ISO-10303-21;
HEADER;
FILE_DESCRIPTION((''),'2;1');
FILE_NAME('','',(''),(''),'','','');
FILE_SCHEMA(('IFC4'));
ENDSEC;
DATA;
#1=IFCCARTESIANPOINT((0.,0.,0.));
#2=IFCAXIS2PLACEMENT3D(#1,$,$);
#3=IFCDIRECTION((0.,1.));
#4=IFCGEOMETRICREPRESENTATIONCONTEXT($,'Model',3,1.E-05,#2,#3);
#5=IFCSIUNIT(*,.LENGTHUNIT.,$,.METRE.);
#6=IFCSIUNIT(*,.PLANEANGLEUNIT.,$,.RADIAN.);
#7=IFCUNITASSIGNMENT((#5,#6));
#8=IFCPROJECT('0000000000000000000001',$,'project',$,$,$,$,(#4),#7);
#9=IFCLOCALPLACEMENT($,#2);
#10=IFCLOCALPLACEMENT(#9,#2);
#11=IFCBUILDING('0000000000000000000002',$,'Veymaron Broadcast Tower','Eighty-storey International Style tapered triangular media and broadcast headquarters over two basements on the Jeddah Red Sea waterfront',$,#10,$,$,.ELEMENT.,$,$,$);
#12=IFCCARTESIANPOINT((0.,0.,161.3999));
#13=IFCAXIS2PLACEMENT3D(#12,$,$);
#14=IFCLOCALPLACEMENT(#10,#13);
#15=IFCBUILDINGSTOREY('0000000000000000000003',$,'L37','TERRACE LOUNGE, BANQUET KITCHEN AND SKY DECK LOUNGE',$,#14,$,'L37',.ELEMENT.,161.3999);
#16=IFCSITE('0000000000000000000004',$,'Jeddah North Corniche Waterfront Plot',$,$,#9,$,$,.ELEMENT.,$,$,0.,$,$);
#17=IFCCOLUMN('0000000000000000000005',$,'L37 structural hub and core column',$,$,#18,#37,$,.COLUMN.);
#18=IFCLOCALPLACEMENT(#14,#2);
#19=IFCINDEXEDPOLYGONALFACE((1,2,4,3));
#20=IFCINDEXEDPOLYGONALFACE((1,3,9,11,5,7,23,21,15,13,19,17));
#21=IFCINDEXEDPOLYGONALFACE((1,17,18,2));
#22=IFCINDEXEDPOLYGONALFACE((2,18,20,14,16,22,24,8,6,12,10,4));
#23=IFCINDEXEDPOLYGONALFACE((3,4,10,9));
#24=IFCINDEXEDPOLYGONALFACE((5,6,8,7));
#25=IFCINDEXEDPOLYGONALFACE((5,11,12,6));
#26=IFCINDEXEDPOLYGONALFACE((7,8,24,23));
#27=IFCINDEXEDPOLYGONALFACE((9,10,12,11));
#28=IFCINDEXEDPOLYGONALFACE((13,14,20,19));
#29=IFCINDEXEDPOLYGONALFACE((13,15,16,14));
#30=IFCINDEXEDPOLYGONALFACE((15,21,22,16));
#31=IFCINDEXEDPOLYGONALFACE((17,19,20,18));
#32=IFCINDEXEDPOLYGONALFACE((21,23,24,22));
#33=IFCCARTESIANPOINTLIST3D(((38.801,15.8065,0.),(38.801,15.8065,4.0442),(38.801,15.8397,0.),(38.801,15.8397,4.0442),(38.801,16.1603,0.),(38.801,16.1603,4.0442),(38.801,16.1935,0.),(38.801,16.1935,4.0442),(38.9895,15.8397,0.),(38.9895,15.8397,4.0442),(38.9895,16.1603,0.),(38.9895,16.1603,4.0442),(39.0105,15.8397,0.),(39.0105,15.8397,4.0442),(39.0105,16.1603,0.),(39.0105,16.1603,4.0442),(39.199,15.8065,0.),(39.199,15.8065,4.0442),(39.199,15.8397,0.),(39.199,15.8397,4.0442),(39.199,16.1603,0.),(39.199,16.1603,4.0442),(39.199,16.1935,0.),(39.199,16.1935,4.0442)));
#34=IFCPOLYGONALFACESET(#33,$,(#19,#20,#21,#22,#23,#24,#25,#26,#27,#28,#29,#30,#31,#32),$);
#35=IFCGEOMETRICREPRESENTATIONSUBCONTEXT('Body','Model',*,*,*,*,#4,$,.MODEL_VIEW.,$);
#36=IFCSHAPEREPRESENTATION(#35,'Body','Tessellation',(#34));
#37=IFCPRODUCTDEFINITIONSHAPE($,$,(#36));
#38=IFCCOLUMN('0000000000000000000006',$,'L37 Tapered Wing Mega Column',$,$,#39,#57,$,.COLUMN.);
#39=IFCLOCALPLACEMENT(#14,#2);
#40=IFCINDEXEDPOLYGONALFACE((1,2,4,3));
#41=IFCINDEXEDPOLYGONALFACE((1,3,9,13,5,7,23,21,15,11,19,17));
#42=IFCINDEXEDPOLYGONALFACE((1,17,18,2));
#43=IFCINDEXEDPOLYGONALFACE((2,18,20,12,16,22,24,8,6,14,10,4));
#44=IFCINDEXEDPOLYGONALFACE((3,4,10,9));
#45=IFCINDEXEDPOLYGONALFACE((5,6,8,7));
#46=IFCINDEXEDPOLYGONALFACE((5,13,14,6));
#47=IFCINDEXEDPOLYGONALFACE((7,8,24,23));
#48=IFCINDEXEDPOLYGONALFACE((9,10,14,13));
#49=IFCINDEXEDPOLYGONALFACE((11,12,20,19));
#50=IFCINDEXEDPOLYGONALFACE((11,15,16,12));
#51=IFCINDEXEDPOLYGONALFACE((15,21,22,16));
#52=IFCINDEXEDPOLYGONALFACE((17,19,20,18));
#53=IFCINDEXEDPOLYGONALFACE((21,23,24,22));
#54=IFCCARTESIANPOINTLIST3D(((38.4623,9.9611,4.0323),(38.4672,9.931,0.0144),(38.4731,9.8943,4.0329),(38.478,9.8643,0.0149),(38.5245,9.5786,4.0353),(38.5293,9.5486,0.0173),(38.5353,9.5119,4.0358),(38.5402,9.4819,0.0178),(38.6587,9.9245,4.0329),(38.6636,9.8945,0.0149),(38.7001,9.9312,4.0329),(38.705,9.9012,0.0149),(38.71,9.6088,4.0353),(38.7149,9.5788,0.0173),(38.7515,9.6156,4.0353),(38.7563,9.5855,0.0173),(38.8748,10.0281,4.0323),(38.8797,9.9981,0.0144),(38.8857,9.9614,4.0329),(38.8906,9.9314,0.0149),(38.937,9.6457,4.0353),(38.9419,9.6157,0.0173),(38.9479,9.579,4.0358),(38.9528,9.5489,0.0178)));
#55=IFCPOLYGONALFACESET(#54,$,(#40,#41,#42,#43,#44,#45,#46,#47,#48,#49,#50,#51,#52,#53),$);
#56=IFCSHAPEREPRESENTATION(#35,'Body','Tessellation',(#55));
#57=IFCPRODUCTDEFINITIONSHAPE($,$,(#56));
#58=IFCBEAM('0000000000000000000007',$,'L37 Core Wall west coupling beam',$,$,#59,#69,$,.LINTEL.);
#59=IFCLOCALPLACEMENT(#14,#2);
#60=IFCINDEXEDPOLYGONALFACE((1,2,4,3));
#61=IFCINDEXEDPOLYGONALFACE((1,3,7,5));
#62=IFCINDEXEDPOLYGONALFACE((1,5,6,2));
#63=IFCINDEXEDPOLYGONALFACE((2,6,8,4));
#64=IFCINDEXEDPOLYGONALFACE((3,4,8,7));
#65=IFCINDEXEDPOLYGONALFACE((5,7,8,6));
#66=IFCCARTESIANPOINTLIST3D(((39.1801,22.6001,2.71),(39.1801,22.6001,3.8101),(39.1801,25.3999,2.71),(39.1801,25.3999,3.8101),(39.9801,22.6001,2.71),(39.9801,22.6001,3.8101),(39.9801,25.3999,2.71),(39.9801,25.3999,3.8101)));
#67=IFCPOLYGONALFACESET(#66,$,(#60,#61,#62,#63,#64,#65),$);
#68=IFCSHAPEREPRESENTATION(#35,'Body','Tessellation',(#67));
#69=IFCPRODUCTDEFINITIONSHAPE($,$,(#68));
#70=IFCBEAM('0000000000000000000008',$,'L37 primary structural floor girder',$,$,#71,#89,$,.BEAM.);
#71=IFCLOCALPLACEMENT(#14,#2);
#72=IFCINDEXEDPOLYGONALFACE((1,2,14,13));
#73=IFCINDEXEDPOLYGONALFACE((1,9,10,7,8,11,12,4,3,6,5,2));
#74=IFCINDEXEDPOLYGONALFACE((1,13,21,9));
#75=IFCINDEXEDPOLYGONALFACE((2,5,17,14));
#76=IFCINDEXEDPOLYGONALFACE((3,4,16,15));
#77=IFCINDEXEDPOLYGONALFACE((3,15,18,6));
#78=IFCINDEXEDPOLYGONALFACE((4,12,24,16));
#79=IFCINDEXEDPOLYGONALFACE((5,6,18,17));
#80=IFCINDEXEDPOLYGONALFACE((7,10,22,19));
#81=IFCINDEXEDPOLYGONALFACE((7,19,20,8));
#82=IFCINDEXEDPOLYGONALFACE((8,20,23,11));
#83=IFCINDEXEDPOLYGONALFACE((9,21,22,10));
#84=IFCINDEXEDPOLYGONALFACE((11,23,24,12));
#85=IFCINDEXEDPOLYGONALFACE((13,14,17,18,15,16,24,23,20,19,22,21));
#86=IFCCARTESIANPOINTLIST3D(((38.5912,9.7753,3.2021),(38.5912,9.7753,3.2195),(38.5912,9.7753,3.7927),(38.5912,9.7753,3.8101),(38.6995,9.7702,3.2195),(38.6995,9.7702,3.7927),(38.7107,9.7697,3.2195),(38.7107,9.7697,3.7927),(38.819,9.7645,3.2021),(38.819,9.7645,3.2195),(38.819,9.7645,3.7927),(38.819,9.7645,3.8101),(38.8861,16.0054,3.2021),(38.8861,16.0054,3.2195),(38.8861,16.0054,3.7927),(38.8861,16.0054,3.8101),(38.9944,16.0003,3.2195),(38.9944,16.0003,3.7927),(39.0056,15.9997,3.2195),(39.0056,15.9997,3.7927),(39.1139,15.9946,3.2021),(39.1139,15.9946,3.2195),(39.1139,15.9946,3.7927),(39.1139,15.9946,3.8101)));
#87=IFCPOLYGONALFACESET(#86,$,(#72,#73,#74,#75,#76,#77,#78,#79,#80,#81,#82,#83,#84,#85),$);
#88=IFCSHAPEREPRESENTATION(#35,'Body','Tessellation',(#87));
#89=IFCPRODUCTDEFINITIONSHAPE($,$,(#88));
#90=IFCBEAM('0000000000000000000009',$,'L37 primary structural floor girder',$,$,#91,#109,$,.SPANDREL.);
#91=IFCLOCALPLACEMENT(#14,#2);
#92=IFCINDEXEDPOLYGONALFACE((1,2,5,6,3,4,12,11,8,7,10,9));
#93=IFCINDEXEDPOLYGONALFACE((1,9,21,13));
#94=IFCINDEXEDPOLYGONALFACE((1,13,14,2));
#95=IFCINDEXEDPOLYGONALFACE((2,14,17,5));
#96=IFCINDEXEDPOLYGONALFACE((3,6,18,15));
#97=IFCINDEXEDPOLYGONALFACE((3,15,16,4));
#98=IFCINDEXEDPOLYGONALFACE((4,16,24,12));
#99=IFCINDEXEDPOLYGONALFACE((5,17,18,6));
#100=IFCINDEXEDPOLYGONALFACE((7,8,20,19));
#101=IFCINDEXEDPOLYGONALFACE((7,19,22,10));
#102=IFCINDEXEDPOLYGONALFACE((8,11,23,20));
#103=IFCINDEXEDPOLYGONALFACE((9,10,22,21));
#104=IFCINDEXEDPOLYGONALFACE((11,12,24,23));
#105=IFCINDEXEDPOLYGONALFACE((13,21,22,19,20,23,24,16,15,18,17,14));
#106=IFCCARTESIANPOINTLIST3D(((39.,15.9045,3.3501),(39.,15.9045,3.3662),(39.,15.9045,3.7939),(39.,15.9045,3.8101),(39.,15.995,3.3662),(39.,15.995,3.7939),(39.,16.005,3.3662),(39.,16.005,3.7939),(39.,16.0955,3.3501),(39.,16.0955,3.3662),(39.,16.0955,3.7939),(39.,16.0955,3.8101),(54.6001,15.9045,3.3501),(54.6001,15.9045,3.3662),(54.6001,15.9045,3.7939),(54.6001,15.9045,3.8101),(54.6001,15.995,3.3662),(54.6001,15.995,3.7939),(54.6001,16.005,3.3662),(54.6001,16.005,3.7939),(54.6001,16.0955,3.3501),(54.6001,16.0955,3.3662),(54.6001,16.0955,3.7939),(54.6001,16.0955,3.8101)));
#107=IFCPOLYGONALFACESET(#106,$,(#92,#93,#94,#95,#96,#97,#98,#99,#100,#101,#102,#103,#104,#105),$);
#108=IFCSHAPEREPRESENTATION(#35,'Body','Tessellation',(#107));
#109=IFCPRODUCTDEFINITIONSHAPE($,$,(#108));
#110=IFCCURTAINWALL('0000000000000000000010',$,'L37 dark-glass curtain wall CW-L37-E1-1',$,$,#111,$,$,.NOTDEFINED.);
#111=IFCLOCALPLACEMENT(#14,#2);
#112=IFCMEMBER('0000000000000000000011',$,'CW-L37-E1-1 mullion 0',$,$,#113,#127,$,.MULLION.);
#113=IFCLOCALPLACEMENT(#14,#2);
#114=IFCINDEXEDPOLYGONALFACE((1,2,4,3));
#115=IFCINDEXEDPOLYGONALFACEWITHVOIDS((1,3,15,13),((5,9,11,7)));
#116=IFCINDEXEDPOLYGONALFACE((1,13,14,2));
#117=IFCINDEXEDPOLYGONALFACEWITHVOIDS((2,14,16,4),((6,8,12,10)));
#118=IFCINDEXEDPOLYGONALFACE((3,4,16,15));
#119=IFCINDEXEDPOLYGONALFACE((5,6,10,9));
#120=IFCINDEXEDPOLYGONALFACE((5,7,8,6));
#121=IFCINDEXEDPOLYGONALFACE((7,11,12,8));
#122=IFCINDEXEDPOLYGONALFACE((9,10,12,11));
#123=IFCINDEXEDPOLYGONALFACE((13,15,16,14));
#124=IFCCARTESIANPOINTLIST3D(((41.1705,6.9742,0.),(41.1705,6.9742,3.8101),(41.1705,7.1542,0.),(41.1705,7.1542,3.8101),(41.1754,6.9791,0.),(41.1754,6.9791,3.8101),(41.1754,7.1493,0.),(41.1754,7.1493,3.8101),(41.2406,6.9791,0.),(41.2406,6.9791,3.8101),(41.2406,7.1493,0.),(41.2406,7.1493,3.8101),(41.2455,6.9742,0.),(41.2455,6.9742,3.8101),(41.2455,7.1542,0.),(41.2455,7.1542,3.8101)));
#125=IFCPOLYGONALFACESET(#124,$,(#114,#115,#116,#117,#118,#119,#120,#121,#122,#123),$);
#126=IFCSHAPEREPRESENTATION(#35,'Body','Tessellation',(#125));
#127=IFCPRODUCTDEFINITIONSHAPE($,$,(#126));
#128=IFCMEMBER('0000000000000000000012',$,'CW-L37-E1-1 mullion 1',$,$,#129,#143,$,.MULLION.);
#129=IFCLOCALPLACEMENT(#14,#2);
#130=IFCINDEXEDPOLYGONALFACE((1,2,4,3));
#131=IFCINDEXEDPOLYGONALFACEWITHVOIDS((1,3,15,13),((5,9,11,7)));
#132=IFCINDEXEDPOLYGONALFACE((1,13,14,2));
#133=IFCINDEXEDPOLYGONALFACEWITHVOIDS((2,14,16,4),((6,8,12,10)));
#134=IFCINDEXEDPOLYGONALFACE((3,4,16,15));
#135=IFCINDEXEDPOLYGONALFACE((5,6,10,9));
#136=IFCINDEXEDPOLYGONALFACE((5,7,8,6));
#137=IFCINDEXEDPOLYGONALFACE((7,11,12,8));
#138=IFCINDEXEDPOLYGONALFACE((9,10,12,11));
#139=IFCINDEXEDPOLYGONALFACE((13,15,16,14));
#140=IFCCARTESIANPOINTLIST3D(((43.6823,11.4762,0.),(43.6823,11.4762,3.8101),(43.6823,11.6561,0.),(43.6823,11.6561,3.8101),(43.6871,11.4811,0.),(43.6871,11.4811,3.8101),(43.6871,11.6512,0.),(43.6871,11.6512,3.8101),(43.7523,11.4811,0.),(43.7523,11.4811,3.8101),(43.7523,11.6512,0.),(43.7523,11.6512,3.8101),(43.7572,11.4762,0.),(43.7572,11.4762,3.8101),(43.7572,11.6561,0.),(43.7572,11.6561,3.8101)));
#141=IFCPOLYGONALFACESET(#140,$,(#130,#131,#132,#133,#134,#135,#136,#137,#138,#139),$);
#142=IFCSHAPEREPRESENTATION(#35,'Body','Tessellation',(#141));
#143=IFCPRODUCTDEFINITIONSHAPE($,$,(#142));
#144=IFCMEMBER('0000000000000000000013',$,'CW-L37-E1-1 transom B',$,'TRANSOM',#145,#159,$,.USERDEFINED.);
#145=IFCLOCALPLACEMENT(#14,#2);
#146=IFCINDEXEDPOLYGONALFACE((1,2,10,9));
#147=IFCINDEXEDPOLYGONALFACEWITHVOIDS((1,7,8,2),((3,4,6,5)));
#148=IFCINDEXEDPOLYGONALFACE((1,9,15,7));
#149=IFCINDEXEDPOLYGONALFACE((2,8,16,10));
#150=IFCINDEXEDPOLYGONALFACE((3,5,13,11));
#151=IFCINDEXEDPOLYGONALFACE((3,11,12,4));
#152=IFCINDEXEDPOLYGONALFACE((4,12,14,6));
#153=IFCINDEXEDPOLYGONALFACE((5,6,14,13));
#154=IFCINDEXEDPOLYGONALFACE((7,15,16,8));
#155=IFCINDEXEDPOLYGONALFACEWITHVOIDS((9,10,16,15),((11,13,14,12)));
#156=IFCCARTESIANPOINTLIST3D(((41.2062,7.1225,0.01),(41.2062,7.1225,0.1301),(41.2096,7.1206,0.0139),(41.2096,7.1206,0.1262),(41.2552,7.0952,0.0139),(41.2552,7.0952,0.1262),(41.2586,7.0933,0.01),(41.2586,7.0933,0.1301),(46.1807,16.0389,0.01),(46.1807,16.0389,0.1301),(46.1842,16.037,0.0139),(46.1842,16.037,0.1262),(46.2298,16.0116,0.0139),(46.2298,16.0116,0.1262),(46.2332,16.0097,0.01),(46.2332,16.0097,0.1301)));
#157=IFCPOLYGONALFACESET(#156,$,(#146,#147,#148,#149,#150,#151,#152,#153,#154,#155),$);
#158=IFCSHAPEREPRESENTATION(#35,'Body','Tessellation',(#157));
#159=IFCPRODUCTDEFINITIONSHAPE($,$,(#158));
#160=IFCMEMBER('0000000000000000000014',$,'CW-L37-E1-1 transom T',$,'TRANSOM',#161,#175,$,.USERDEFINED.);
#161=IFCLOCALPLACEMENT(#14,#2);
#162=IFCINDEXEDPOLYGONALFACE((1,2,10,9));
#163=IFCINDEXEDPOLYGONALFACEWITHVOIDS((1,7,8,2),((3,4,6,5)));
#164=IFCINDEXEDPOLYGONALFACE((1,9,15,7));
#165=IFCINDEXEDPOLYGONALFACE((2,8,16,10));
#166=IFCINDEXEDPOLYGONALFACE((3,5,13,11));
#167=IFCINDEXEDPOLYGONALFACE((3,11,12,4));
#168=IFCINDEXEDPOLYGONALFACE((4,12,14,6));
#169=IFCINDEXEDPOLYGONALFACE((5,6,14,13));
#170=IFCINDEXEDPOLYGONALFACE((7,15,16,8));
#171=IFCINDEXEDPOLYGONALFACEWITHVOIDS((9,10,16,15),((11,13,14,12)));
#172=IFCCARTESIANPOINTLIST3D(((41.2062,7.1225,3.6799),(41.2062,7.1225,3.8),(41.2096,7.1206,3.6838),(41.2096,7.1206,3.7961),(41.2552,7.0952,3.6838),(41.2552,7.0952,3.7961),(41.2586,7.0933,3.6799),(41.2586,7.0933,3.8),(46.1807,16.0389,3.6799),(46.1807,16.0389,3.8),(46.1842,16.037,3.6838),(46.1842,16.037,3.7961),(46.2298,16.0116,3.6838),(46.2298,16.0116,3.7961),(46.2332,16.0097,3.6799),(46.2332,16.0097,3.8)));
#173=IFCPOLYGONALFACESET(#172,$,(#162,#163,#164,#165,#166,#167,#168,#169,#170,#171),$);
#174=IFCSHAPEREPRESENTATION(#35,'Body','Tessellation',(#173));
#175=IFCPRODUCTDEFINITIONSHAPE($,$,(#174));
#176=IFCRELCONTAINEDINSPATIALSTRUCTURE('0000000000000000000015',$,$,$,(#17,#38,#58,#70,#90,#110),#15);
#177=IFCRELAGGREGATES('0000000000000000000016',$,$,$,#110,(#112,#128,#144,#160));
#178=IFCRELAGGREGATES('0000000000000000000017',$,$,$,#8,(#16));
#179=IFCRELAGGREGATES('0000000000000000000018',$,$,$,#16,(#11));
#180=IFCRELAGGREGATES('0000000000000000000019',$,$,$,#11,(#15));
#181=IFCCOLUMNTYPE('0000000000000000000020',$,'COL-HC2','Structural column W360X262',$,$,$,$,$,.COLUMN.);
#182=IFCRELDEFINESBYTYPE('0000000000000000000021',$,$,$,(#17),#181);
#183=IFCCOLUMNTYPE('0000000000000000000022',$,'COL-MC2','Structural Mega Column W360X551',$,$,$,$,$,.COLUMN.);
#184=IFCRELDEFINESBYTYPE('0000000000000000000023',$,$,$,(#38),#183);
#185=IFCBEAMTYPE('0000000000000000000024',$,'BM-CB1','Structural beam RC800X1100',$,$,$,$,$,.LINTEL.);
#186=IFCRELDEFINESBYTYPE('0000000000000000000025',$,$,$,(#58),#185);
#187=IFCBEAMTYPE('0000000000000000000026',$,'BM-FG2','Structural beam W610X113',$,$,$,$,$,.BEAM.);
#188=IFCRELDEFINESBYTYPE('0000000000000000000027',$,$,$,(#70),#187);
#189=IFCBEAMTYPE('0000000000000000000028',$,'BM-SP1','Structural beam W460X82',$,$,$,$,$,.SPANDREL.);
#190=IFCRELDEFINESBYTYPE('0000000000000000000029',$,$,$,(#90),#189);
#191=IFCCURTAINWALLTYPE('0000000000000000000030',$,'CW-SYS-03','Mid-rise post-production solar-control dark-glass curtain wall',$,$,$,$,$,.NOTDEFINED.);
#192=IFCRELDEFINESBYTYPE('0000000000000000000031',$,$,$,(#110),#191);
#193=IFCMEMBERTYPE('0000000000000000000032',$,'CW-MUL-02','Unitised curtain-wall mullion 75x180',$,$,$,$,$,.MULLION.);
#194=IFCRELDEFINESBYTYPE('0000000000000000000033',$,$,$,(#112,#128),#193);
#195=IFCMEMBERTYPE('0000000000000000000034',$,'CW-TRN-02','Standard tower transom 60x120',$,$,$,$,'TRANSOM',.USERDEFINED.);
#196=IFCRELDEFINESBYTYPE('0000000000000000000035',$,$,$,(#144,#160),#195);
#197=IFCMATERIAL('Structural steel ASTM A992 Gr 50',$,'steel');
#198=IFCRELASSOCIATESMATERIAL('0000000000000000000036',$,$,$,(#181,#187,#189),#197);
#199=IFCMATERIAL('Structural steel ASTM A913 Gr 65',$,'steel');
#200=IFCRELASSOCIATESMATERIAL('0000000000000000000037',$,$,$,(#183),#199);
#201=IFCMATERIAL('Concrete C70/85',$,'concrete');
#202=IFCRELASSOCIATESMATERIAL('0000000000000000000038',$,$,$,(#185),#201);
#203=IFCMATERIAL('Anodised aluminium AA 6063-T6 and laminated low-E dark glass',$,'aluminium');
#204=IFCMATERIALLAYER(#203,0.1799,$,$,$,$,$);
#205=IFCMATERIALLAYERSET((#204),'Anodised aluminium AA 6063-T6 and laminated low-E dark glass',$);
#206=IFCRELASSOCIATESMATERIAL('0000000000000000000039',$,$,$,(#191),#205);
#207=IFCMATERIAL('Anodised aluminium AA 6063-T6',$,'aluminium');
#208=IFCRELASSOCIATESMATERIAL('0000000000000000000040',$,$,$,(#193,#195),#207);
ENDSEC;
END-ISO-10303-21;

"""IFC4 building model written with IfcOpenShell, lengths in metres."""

from ifc_helpers import new_model, si_unit, direction, frame, origin, origin_2d, place, context, subcontext, project, spatial, rectangle, hollow_rectangle, i_section, extrude, material, layer, layer_set, material_profile, profile_set, type_object, element, aggregate, save


model = new_model("IFC4")

# Units and contexts
model_context = context("Model", 3, precision=1e-05, world=origin(), true_north=direction((0.0, 1.0)))
body_context = subcontext(model_context, "Body", "Model", "MODEL_VIEW")
ifc_project = project(units=[si_unit("LENGTHUNIT", "METRE"), si_unit("PLANEANGLEUNIT", "RADIAN")], contexts=[model_context])

# Site, building, storey
site_placement = place(None, origin())
site = spatial("IfcSite", under=ifc_project, at=site_placement, Name="Jeddah North Corniche Waterfront Plot", CompositionType="ELEMENT", RefElevation=0.0)
building_placement = place(site_placement, origin())
building = spatial("IfcBuilding", under=site, at=building_placement, Name="Veymaron Broadcast Tower", Description="Eighty-storey International Style tapered triangular media and broadcast headquarters over two basements on the Jeddah Red Sea waterfront", CompositionType="ELEMENT")
storey_placement = place(building_placement, frame((0.0, 0.0, 161.3999)))
storey = spatial("IfcBuildingStorey", under=building, at=storey_placement, Name="L37", Description="TERRACE LOUNGE, BANQUET KITCHEN AND SKY DECK LOUNGE", LongName="L37", CompositionType="ELEMENT", Elevation=161.3999)

# Columns
ifc_material_1 = material(Name="Structural steel ASTM A992 Gr 50", Category="steel")
ifc_material_profile_1 = material_profile(ifc_material_1, i_section(OverallWidth=0.3979, OverallDepth=0.387, WebThickness=0.021, FlangeThickness=0.0332, at=origin_2d()), Name="W360X262")
ifc_profile_set_1 = profile_set([ifc_material_profile_1], Name="Structural steel ASTM A992 Gr 50")
column_type_1 = type_object("IfcColumnType", Name="COL-HC2", Description="Structural column W360X262", PredefinedType="COLUMN", material=ifc_profile_set_1)
column_1_placement = place(storey_placement, frame((39.0, 16.0, 0.0), z_axis=(0.0, 0.0, 1.0), x_axis=(1.0, 0.0, 0.0)))
element("IfcColumn", 1, at=column_1_placement, inside=storey, type_object=column_type_1, Name="L37 structural hub and core column", PredefinedType="COLUMN", context=body_context, shape_type="SweptSolid", body=[
    extrude(i_section(OverallWidth=0.3979, OverallDepth=0.387, WebThickness=0.021, FlangeThickness=0.0332, at=origin_2d()), origin(), (0.0, 0.0, 1.0), 4.0442),
])
ifc_material_2 = material(Name="Structural steel ASTM A913 Gr 65", Category="steel")
ifc_material_profile_2 = material_profile(ifc_material_2, i_section(OverallWidth=0.418, OverallDepth=0.4551, WebThickness=0.042, FlangeThickness=0.0676, at=origin_2d()), Name="W360X551")
ifc_profile_set_2 = profile_set([ifc_material_profile_2], Name="Structural steel ASTM A913 Gr 65")
column_type_2 = type_object("IfcColumnType", Name="COL-MC2", Description="Structural Mega Column W360X551", PredefinedType="COLUMN", material=ifc_profile_set_2)
column_2_placement = place(storey_placement, frame((38.71, 9.74, 0.0161), z_axis=(-0.001215, 0.007473, 0.999971), x_axis=(-0.987037, -0.160494, 0.0)))
element("IfcColumn", 2, at=column_2_placement, inside=storey, type_object=column_type_2, Name="L37 Tapered Wing Mega Column", PredefinedType="COLUMN", context=body_context, shape_type="SweptSolid", body=[
    extrude(i_section(OverallWidth=0.418, OverallDepth=0.4551, WebThickness=0.042, FlangeThickness=0.0676, at=origin_2d()), origin(), (0.0, 0.0, 1.0), 4.0181),
])

# Beams
ifc_material_3 = material(Name="Concrete C70/85", Category="concrete")
ifc_material_profile_3 = material_profile(ifc_material_3, rectangle(XDim=0.8, YDim=1.1001, at=origin_2d()), Name="RC800X1100")
ifc_profile_set_3 = profile_set([ifc_material_profile_3], Name="Concrete C70/85")
beam_type_1 = type_object("IfcBeamType", Name="BM-CB1", Description="Structural beam RC800X1100", PredefinedType="LINTEL", material=ifc_profile_set_3)
beam_1_placement = place(storey_placement, frame((39.5801, 22.6001, 3.26), z_axis=(0.0, 1.0, 0.0), x_axis=(-1.0, 0.0, 0.0)))
element("IfcBeam", 3, at=beam_1_placement, inside=storey, type_object=beam_type_1, Name="L37 Core Wall west coupling beam", PredefinedType="LINTEL", context=body_context, shape_type="SweptSolid", body=[
    extrude(rectangle(XDim=0.8, YDim=1.1001, at=origin_2d()), origin(), (0.0, 0.0, 1.0), 2.7998),
])
ifc_material_profile_4 = material_profile(ifc_material_1, i_section(OverallWidth=0.228, OverallDepth=0.6079, WebThickness=0.0112, FlangeThickness=0.0173, at=origin_2d()), Name="W610X113")
ifc_profile_set_4 = profile_set([ifc_material_profile_4], Name="Structural steel ASTM A992 Gr 50")
beam_type_2 = type_object("IfcBeamType", Name="BM-FG2", Description="Structural beam W610X113", PredefinedType="BEAM", material=ifc_profile_set_4)
beam_2_placement = place(storey_placement, frame((39.0, 16.0, 3.5061), z_axis=(-0.047286, -0.998881, 0.0), x_axis=(0.998881, -0.047286, 0.0)))
element("IfcBeam", 4, at=beam_2_placement, inside=storey, type_object=beam_type_2, Name="L37 primary structural floor girder", PredefinedType="BEAM", context=body_context, shape_type="SweptSolid", body=[
    extrude(i_section(OverallWidth=0.228, OverallDepth=0.6079, WebThickness=0.0112, FlangeThickness=0.0173, at=origin_2d()), origin(), (0.0, 0.0, 1.0), 6.2371),
])
ifc_material_profile_5 = material_profile(ifc_material_1, i_section(OverallWidth=0.1909, OverallDepth=0.46, WebThickness=0.01, FlangeThickness=0.0161, at=origin_2d()), Name="W460X82")
ifc_profile_set_5 = profile_set([ifc_material_profile_5], Name="Structural steel ASTM A992 Gr 50")
beam_type_3 = type_object("IfcBeamType", Name="BM-SP1", Description="Structural beam W460X82", PredefinedType="SPANDREL", material=ifc_profile_set_5)
beam_3_placement = place(storey_placement, frame((39.0, 16.0, 3.5801), z_axis=(1.0, 0.0, 0.0), x_axis=(0.0, 1.0, 0.0)))
element("IfcBeam", 5, at=beam_3_placement, inside=storey, type_object=beam_type_3, Name="L37 primary structural floor girder", PredefinedType="SPANDREL", context=body_context, shape_type="SweptSolid", body=[
    extrude(i_section(OverallWidth=0.1909, OverallDepth=0.46, WebThickness=0.01, FlangeThickness=0.0161, at=origin_2d()), origin(), (0.0, 0.0, 1.0), 15.6001),
])

# Curtain wall, members
ifc_material_4 = material(Name="Anodised aluminium AA 6063-T6 and laminated low-E dark glass", Category="aluminium")
ifc_layer_1 = layer(ifc_material_4, 0.1799)
ifc_layer_set_1 = layer_set([ifc_layer_1], Name="Anodised aluminium AA 6063-T6 and laminated low-E dark glass")
curtain_wall_type = type_object("IfcCurtainWallType", Name="CW-SYS-03", Description="Mid-rise post-production solar-control dark-glass curtain wall", PredefinedType="NOTDEFINED", material=ifc_layer_set_1)
curtain_wall_placement = place(storey_placement, origin())
curtain_wall = element("IfcCurtainWall", 6, at=curtain_wall_placement, inside=storey, type_object=curtain_wall_type, Name="L37 dark-glass curtain wall CW-L37-E1-1", PredefinedType="NOTDEFINED")
ifc_material_5 = material(Name="Anodised aluminium AA 6063-T6", Category="aluminium")
ifc_material_profile_6 = material_profile(ifc_material_5, hollow_rectangle(XDim=0.075, YDim=0.1799, WallThickness=0.0049, at=origin_2d()), Name="AL180X75X5")
ifc_profile_set_6 = profile_set([ifc_material_profile_6], Name="Anodised aluminium AA 6063-T6")
member_type_1 = type_object("IfcMemberType", Name="CW-MUL-02", Description="Unitised curtain-wall mullion 75x180", PredefinedType="MULLION", material=ifc_profile_set_6)
member_1_placement = place(storey_placement, frame((41.208, 7.0642, 0.0), z_axis=(0.0, 0.0, 1.0), x_axis=(1.0, 0.0, 0.0)))
member_1 = element("IfcMember", 7, at=member_1_placement, type_object=member_type_1, Name="CW-L37-E1-1 mullion 0", PredefinedType="MULLION", context=body_context, shape_type="SweptSolid", body=[
    extrude(hollow_rectangle(XDim=0.075, YDim=0.1799, WallThickness=0.0049, at=origin_2d()), origin(), (0.0, 0.0, 1.0), 3.8101),
])
member_2_placement = place(storey_placement, frame((43.7197, 11.5662, 0.0), z_axis=(0.0, 0.0, 1.0), x_axis=(1.0, 0.0, 0.0)))
member_2 = element("IfcMember", 8, at=member_2_placement, type_object=member_type_1, Name="CW-L37-E1-1 mullion 1", PredefinedType="MULLION", context=body_context, shape_type="SweptSolid", body=[
    extrude(hollow_rectangle(XDim=0.075, YDim=0.1799, WallThickness=0.0049, at=origin_2d()), origin(), (0.0, 0.0, 1.0), 3.8101),
])
ifc_material_profile_7 = material_profile(ifc_material_5, hollow_rectangle(XDim=0.0601, YDim=0.1201, WallThickness=0.0039, at=origin_2d()), Name="AL120X60X4")
ifc_profile_set_7 = profile_set([ifc_material_profile_7], Name="Anodised aluminium AA 6063-T6")
member_type_2 = type_object("IfcMemberType", Name="CW-TRN-02", Description="Standard tower transom 60x120", ElementType="TRANSOM", PredefinedType="USERDEFINED", material=ifc_profile_set_7)
member_3_placement = place(storey_placement, frame((41.2324, 7.1079, 0.0701), z_axis=(0.487214, 0.873283, 0.0), x_axis=(-0.873283, 0.487214, 0.0)))
member_3 = element("IfcMember", 9, at=member_3_placement, type_object=member_type_2, Name="CW-L37-E1-1 transom B", ObjectType="TRANSOM", PredefinedType="USERDEFINED", context=body_context, shape_type="SweptSolid", body=[
    extrude(hollow_rectangle(XDim=0.0601, YDim=0.1201, WallThickness=0.0039, at=origin_2d()), origin(), (0.0, 0.0, 1.0), 10.2102),
])
member_4_placement = place(storey_placement, frame((41.2324, 7.1079, 3.74), z_axis=(0.487214, 0.873283, 0.0), x_axis=(-0.873283, 0.487214, 0.0)))
member_4 = element("IfcMember", 10, at=member_4_placement, type_object=member_type_2, Name="CW-L37-E1-1 transom T", ObjectType="TRANSOM", PredefinedType="USERDEFINED", context=body_context, shape_type="SweptSolid", body=[
    extrude(hollow_rectangle(XDim=0.0601, YDim=0.1201, WallThickness=0.0039, at=origin_2d()), origin(), (0.0, 0.0, 1.0), 10.2102),
])
aggregate(curtain_wall, [member_1, member_2, member_3, member_4])

save(model, "model.ifc")
